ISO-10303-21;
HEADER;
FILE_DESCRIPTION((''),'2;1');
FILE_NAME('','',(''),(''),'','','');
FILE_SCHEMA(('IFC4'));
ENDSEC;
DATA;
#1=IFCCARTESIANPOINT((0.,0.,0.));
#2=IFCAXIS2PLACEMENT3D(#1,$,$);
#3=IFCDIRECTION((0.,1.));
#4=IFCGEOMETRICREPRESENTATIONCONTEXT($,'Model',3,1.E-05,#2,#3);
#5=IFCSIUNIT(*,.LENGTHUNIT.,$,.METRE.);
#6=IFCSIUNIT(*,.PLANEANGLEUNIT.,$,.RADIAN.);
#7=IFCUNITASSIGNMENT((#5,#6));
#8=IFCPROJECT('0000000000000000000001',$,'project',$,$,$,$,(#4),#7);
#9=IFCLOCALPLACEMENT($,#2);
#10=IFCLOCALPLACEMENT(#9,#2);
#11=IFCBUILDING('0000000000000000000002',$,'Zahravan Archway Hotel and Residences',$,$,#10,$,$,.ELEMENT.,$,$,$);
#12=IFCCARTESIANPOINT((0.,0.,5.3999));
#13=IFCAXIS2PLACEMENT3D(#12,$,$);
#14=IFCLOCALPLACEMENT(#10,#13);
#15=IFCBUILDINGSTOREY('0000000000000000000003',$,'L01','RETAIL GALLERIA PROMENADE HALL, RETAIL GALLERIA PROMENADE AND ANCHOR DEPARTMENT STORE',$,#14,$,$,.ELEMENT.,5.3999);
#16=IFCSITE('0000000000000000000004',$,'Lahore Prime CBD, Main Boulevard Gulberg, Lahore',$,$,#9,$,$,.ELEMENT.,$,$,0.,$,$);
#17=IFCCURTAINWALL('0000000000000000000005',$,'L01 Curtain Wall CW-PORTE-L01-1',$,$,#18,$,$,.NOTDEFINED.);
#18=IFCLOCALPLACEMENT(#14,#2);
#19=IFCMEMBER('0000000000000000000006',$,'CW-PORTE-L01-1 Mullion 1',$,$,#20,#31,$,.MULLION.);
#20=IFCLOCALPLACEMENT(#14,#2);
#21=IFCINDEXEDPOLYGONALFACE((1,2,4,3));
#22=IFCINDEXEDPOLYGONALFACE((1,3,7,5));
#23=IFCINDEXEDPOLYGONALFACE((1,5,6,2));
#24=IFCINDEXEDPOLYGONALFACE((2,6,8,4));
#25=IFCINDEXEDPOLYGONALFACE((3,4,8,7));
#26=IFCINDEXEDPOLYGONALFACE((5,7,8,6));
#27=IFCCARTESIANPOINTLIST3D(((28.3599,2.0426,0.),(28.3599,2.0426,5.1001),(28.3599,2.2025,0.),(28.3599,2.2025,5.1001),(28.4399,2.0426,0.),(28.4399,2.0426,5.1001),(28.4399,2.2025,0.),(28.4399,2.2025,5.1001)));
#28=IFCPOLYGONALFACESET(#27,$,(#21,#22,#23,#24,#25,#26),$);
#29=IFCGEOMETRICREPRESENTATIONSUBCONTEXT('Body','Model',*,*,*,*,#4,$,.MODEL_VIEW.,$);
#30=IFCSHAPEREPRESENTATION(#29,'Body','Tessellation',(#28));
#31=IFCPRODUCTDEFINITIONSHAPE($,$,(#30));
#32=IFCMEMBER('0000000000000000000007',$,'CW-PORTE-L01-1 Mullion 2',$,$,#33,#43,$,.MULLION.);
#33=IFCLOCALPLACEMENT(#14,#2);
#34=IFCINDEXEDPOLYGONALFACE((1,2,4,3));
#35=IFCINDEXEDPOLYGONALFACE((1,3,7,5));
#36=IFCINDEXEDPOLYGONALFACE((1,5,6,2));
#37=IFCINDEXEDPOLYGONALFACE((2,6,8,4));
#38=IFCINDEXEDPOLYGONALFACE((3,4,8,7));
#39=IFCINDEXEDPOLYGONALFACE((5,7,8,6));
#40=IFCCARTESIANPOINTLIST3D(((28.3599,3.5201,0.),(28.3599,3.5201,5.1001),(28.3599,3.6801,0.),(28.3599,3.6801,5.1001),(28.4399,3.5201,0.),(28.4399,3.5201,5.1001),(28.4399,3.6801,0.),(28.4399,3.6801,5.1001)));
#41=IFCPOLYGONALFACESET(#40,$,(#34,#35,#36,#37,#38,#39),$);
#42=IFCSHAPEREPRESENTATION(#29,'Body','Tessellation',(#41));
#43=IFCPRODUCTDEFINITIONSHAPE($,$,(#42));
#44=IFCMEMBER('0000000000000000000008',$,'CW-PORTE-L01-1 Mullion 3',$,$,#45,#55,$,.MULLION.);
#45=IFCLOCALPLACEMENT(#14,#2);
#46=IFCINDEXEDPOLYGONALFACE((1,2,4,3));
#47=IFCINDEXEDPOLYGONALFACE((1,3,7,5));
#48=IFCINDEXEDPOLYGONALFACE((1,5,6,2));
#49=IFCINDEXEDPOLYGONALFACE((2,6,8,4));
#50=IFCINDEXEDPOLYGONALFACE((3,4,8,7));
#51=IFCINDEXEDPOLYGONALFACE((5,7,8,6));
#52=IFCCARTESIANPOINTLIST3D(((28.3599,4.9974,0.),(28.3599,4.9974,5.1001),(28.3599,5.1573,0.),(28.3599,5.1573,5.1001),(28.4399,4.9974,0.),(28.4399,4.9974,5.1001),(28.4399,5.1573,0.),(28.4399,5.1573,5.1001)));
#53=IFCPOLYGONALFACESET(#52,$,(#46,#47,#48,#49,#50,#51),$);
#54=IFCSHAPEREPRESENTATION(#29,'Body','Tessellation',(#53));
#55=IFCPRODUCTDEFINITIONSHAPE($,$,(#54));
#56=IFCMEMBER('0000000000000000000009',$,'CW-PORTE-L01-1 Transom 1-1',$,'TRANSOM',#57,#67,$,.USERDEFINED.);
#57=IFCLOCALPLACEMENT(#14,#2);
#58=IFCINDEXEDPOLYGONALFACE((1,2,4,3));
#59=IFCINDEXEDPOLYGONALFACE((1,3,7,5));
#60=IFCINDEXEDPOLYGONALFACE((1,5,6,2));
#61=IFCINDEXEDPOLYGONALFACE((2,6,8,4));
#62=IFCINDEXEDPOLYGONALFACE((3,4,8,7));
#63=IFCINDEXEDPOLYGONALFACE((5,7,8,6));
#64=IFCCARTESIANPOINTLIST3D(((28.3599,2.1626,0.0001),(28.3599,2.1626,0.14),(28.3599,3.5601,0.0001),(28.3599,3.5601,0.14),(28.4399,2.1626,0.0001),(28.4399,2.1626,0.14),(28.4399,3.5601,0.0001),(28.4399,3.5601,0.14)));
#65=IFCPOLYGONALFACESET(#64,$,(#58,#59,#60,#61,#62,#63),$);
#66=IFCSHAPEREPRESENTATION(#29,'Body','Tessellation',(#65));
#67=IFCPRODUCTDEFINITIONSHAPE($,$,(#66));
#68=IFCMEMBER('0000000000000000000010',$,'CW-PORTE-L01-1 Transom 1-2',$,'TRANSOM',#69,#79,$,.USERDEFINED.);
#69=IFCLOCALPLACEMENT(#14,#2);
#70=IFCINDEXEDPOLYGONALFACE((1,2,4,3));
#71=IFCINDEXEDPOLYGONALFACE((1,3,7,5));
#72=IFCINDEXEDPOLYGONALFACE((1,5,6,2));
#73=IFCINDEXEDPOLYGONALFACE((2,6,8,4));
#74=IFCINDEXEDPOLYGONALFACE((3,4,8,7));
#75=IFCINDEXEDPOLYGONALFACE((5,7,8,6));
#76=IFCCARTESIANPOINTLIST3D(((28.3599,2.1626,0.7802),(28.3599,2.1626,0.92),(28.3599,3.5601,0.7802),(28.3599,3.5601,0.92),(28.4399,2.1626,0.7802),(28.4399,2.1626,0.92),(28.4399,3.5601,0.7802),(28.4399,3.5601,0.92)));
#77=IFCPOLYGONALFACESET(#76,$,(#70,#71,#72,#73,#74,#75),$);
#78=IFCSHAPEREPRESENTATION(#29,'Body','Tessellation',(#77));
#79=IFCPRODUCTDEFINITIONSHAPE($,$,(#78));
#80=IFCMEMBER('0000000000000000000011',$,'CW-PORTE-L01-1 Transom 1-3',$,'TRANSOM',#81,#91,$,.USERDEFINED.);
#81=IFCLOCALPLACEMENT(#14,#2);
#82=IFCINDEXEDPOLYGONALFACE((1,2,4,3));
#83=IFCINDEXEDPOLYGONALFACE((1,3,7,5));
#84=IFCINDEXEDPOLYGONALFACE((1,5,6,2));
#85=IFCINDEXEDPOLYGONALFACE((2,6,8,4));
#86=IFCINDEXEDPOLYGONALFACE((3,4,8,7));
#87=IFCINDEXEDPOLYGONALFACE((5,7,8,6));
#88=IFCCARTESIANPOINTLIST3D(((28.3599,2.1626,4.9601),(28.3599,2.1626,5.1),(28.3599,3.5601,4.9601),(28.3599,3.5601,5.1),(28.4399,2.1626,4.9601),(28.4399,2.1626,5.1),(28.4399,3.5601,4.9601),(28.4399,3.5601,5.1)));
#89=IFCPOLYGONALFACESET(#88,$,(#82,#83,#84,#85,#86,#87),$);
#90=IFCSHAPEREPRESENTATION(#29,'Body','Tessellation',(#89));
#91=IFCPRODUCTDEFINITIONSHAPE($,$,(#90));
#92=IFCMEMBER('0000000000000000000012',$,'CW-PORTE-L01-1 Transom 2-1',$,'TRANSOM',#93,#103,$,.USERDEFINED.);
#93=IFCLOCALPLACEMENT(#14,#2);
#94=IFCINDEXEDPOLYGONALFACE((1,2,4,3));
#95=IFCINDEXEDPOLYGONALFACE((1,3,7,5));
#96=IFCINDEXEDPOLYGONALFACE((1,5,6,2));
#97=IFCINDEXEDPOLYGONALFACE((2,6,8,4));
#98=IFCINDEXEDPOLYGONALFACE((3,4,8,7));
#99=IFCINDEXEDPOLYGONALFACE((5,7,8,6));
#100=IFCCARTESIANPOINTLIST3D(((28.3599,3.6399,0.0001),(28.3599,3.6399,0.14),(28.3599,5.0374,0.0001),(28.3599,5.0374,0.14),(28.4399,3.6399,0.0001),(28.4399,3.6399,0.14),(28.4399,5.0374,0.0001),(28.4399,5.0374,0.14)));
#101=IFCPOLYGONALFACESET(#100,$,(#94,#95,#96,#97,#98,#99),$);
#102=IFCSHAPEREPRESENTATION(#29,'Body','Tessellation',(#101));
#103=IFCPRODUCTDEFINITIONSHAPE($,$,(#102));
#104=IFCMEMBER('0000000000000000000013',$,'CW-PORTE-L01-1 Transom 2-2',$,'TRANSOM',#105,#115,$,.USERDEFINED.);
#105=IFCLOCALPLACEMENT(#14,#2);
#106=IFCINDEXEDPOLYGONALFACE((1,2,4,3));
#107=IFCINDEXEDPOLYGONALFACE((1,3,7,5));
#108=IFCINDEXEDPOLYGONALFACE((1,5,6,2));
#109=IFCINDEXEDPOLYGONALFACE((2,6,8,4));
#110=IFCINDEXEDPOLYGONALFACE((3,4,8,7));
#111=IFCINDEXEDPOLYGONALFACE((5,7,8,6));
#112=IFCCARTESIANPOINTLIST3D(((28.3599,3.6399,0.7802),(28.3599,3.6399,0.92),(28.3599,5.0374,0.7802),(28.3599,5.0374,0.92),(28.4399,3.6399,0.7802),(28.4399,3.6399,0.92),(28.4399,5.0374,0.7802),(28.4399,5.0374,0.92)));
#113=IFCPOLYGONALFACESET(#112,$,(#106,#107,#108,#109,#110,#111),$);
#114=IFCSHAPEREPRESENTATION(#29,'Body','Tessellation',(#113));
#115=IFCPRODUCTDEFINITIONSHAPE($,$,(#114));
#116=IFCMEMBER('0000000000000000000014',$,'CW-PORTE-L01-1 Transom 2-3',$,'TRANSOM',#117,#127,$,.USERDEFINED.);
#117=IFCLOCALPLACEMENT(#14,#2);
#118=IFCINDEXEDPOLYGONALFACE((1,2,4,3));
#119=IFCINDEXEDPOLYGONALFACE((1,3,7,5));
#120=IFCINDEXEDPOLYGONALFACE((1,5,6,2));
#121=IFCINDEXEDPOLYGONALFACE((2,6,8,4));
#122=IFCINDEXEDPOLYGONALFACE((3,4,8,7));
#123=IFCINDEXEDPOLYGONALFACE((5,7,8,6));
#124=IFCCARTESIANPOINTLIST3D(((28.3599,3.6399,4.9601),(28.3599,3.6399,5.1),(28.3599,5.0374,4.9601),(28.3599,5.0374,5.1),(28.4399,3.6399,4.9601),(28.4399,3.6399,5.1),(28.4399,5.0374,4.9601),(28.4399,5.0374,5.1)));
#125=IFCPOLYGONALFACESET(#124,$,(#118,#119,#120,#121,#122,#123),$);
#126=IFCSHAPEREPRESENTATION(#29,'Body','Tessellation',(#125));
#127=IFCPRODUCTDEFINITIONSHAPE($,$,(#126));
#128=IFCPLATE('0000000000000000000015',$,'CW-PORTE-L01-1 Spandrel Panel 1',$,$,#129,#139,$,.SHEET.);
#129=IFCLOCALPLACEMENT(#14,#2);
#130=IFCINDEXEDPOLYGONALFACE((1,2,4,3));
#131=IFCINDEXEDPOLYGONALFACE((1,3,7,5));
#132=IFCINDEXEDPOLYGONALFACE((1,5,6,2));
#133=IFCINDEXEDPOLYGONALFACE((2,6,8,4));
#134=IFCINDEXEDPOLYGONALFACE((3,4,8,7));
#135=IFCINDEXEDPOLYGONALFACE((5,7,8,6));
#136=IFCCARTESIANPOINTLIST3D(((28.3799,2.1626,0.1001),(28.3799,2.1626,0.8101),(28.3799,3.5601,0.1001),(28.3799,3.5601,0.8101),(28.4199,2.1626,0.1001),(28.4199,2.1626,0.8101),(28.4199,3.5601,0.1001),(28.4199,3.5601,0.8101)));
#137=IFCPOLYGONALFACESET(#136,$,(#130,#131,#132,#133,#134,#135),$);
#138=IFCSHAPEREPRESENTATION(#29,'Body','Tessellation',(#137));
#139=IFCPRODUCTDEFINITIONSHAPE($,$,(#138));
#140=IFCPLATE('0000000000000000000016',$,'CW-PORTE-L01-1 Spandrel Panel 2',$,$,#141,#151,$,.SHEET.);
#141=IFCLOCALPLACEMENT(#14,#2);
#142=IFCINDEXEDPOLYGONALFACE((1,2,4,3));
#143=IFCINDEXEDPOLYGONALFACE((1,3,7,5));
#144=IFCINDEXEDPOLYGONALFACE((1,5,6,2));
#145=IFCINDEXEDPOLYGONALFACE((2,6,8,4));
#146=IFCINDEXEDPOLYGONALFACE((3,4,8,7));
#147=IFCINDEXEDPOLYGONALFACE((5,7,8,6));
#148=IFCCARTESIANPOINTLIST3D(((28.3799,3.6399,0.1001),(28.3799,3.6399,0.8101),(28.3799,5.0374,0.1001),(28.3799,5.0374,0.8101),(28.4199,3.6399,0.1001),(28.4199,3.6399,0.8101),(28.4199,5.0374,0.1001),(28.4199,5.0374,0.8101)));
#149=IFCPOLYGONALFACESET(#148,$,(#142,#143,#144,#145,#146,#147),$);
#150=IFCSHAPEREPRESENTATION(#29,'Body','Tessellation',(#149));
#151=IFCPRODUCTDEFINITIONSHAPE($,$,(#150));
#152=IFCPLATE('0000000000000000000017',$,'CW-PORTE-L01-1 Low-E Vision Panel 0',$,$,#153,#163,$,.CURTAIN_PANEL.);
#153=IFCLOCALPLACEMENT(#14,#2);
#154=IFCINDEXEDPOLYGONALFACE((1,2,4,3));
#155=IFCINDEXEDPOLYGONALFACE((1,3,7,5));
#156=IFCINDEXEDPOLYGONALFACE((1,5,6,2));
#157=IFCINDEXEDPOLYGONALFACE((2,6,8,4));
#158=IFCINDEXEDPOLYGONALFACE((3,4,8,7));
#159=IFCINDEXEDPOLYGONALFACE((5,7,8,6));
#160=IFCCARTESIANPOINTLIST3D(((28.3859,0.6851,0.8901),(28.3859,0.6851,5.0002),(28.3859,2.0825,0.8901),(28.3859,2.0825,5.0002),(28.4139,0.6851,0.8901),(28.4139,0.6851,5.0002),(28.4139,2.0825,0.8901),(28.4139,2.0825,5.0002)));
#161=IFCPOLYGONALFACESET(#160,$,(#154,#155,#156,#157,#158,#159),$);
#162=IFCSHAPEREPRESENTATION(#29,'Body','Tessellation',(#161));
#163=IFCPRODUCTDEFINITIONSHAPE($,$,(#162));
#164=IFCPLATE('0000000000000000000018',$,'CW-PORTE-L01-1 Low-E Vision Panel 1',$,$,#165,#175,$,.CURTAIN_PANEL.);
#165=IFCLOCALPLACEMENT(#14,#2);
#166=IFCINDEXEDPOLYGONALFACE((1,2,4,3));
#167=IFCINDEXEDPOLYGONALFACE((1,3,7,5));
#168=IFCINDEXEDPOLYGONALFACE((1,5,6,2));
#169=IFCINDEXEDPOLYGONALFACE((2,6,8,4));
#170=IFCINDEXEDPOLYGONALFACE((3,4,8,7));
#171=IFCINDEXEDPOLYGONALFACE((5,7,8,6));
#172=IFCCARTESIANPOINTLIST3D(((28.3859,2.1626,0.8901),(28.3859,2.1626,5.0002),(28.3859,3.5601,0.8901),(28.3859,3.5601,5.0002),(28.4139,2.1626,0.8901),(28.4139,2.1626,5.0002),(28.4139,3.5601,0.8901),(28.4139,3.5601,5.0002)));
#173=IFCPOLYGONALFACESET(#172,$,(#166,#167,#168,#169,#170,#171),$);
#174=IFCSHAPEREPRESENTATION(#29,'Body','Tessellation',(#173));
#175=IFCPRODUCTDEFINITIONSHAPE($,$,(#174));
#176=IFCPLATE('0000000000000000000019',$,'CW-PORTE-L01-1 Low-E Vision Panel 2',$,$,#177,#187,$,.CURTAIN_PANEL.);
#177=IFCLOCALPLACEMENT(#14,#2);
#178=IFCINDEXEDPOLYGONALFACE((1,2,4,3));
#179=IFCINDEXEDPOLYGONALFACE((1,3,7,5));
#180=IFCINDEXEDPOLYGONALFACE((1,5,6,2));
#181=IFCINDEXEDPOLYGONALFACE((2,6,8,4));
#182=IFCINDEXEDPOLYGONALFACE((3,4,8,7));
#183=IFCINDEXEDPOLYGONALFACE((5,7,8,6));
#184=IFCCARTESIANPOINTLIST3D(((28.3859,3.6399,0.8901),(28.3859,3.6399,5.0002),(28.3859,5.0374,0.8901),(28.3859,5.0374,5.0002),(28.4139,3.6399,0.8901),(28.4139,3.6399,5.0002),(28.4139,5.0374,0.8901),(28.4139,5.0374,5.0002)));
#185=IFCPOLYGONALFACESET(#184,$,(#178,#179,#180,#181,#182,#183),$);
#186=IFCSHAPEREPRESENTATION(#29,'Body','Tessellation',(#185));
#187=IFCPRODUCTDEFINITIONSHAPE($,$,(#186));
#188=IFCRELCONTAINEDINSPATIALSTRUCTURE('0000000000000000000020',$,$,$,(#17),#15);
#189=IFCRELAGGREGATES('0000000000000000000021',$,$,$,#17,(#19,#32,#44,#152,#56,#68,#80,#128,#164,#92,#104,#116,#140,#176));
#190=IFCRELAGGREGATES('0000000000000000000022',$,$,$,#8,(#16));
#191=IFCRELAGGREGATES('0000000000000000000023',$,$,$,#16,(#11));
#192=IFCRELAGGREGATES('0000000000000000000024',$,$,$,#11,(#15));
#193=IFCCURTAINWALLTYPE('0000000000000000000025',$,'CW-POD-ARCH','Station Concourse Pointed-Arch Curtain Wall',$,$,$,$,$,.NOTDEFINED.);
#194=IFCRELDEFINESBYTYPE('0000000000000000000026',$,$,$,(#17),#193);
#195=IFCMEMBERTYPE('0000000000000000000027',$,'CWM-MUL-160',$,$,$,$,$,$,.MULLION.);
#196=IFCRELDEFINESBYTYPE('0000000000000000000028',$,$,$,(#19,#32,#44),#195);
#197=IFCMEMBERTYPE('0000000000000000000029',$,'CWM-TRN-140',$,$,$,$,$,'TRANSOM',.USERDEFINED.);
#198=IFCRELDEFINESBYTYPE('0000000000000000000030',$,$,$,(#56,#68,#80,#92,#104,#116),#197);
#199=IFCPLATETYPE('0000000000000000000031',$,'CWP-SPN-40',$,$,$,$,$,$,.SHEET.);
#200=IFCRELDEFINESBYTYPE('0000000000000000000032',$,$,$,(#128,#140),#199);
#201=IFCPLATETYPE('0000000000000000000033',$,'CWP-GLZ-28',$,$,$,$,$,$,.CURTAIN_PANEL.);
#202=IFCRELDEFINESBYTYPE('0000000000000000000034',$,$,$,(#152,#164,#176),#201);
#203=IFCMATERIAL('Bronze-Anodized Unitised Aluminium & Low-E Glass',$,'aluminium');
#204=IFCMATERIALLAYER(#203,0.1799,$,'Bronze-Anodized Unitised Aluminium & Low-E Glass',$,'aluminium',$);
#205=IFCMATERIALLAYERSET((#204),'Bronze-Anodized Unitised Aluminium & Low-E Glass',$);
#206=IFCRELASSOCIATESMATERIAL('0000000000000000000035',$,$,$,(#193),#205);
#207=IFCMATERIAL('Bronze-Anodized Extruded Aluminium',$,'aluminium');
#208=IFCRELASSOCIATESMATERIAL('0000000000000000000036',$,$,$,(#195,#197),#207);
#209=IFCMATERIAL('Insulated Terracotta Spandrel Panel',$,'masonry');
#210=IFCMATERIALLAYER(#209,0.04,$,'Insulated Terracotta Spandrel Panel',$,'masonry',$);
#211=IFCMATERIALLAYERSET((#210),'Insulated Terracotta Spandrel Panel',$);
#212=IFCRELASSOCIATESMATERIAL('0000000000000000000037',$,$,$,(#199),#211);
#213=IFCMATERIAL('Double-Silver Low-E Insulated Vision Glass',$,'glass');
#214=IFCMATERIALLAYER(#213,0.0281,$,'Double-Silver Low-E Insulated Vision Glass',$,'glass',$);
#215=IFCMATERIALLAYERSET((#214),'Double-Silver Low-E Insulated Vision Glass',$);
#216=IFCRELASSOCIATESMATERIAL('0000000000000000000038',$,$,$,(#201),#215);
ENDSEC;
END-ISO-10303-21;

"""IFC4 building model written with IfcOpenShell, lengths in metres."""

from ifc_helpers import new_model, si_unit, direction, frame, origin, origin_2d, place, context, subcontext, project, spatial, rectangle, extrude, source, transform, mapped, material, layer, layer_set, material_profile, profile_set, type_object, element, aggregate, save


model = new_model("IFC4")

# Units and contexts
model_context = context("Model", 3, precision=1e-05, world=origin(), true_north=direction((0.0, 1.0)))
body_context = subcontext(model_context, "Body", "Model", "MODEL_VIEW")
ifc_project = project(units=[si_unit("LENGTHUNIT", "METRE"), si_unit("PLANEANGLEUNIT", "RADIAN")], contexts=[model_context])

# Site, building, storey
site_placement = place(None, origin())
site = spatial("IfcSite", under=ifc_project, at=site_placement, Name="Lahore Prime CBD, Main Boulevard Gulberg, Lahore", CompositionType="ELEMENT", RefElevation=0.0)
building_placement = place(site_placement, origin())
building = spatial("IfcBuilding", under=site, at=building_placement, Name="Zahravan Archway Hotel and Residences", CompositionType="ELEMENT")
storey_placement = place(building_placement, frame((0.0, 0.0, 5.3999)))
storey = spatial("IfcBuildingStorey", under=building, at=storey_placement, Name="L01", Description="RETAIL GALLERIA PROMENADE HALL, RETAIL GALLERIA PROMENADE AND ANCHOR DEPARTMENT STORE", CompositionType="ELEMENT", Elevation=5.3999)

# Curtain wall, members, plates
ifc_material_1 = material(Name="Bronze-Anodized Unitised Aluminium & Low-E Glass", Category="aluminium")
ifc_layer_1 = layer(ifc_material_1, 0.1799, Name="Bronze-Anodized Unitised Aluminium & Low-E Glass", Category="aluminium")
ifc_layer_set_1 = layer_set([ifc_layer_1], Name="Bronze-Anodized Unitised Aluminium & Low-E Glass")
curtain_wall_type = type_object("IfcCurtainWallType", Name="CW-POD-ARCH", Description="Station Concourse Pointed-Arch Curtain Wall", PredefinedType="NOTDEFINED", material=ifc_layer_set_1)
curtain_wall_placement = place(storey_placement, origin())
curtain_wall = element("IfcCurtainWall", 1, at=curtain_wall_placement, inside=storey, type_object=curtain_wall_type, Name="L01 Curtain Wall CW-PORTE-L01-1", PredefinedType="NOTDEFINED")
ifc_material_2 = material(Name="Bronze-Anodized Extruded Aluminium", Category="aluminium")
ifc_material_profile_1 = material_profile(ifc_material_2, rectangle(XDim=0.0801, YDim=0.1599, at=origin_2d()), Name="MUL 80x160", Category="aluminium")
ifc_profile_set_1 = profile_set([ifc_material_profile_1], Name="Bronze-Anodized Extruded Aluminium")
member_type_1 = type_object("IfcMemberType", Name="CWM-MUL-160", PredefinedType="MULLION", material=ifc_profile_set_1)
shared_shape_1 = source(origin(), body_context, "Body", "SweptSolid", [
    extrude(rectangle(XDim=0.0801, YDim=0.1599, at=origin_2d()), origin(), (0.0, 0.0, 1.0), 5.1001),
])
member_1_placement = place(storey_placement, frame((28.3999, 2.1226, 0.0), z_axis=(0.0, 0.0, 1.0), x_axis=(1.0, 0.0, 0.0)))
member_1 = element("IfcMember", 2, at=member_1_placement, type_object=member_type_1, Name="CW-PORTE-L01-1 Mullion 1", PredefinedType="MULLION", context=body_context, shape_type="MappedRepresentation", body=[
    mapped(shared_shape_1, transform((0.0, 0.0, 0.0), scale=1.0)),
])
member_2_placement = place(storey_placement, frame((28.3999, 3.6001, 0.0), z_axis=(0.0, 0.0, 1.0), x_axis=(1.0, 0.0, 0.0)))
member_2 = element("IfcMember", 3, at=member_2_placement, type_object=member_type_1, Name="CW-PORTE-L01-1 Mullion 2", PredefinedType="MULLION", context=body_context, shape_type="MappedRepresentation", body=[
    mapped(shared_shape_1, transform((0.0, 0.0, 0.0), scale=1.0)),
])
member_3_placement = place(storey_placement, frame((28.3999, 5.0774, 0.0), z_axis=(0.0, 0.0, 1.0), x_axis=(1.0, 0.0, 0.0)))
member_3 = element("IfcMember", 4, at=member_3_placement, type_object=member_type_1, Name="CW-PORTE-L01-1 Mullion 3", PredefinedType="MULLION", context=body_context, shape_type="MappedRepresentation", body=[
    mapped(shared_shape_1, transform((0.0, 0.0, 0.0), scale=1.0)),
])
ifc_material_profile_2 = material_profile(ifc_material_2, rectangle(XDim=0.0801, YDim=0.1399, at=origin_2d()), Name="TRN 80x140", Category="aluminium")
ifc_profile_set_2 = profile_set([ifc_material_profile_2], Name="Bronze-Anodized Extruded Aluminium")
member_type_2 = type_object("IfcMemberType", Name="CWM-TRN-140", ElementType="TRANSOM", PredefinedType="USERDEFINED", material=ifc_profile_set_2)
shared_shape_2 = source(origin(), body_context, "Body", "SweptSolid", [
    extrude(rectangle(XDim=0.0801, YDim=0.1399, at=origin_2d()), origin(), (0.0, 0.0, 1.0), 1.3975),
])
member_4_placement = place(storey_placement, frame((28.3999, 2.1626, 0.0701), z_axis=(0.0, 1.0, 0.0), x_axis=(-1.0, 0.0, 0.0)))
member_4 = element("IfcMember", 5, at=member_4_placement, type_object=member_type_2, Name="CW-PORTE-L01-1 Transom 1-1", ObjectType="TRANSOM", PredefinedType="USERDEFINED", context=body_context, shape_type="MappedRepresentation", body=[
    mapped(shared_shape_2, transform((0.0, 0.0, 0.0), scale=1.0)),
])
member_5_placement = place(storey_placement, frame((28.3999, 2.1626, 0.8501), z_axis=(0.0, 1.0, 0.0), x_axis=(-1.0, 0.0, 0.0)))
member_5 = element("IfcMember", 6, at=member_5_placement, type_object=member_type_2, Name="CW-PORTE-L01-1 Transom 1-2", ObjectType="TRANSOM", PredefinedType="USERDEFINED", context=body_context, shape_type="MappedRepresentation", body=[
    mapped(shared_shape_2, transform((0.0, 0.0, 0.0), scale=1.0)),
])
member_6_placement = place(storey_placement, frame((28.3999, 2.1626, 5.03), z_axis=(0.0, 1.0, 0.0), x_axis=(-1.0, 0.0, 0.0)))
member_6 = element("IfcMember", 7, at=member_6_placement, type_object=member_type_2, Name="CW-PORTE-L01-1 Transom 1-3", ObjectType="TRANSOM", PredefinedType="USERDEFINED", context=body_context, shape_type="MappedRepresentation", body=[
    mapped(shared_shape_2, transform((0.0, 0.0, 0.0), scale=1.0)),
])
member_7_placement = place(storey_placement, frame((28.3999, 3.6399, 0.0701), z_axis=(0.0, 1.0, 0.0), x_axis=(-1.0, 0.0, 0.0)))
member_7 = element("IfcMember", 8, at=member_7_placement, type_object=member_type_2, Name="CW-PORTE-L01-1 Transom 2-1", ObjectType="TRANSOM", PredefinedType="USERDEFINED", context=body_context, shape_type="MappedRepresentation", body=[
    mapped(shared_shape_2, transform((0.0, 0.0, 0.0), scale=1.0)),
])
member_8_placement = place(storey_placement, frame((28.3999, 3.6399, 0.8501), z_axis=(0.0, 1.0, 0.0), x_axis=(-1.0, 0.0, 0.0)))
member_8 = element("IfcMember", 9, at=member_8_placement, type_object=member_type_2, Name="CW-PORTE-L01-1 Transom 2-2", ObjectType="TRANSOM", PredefinedType="USERDEFINED", context=body_context, shape_type="MappedRepresentation", body=[
    mapped(shared_shape_2, transform((0.0, 0.0, 0.0), scale=1.0)),
])
member_9_placement = place(storey_placement, frame((28.3999, 3.6399, 5.03), z_axis=(0.0, 1.0, 0.0), x_axis=(-1.0, 0.0, 0.0)))
member_9 = element("IfcMember", 10, at=member_9_placement, type_object=member_type_2, Name="CW-PORTE-L01-1 Transom 2-3", ObjectType="TRANSOM", PredefinedType="USERDEFINED", context=body_context, shape_type="MappedRepresentation", body=[
    mapped(shared_shape_2, transform((0.0, 0.0, 0.0), scale=1.0)),
])
ifc_material_3 = material(Name="Insulated Terracotta Spandrel Panel", Category="masonry")
ifc_layer_2 = layer(ifc_material_3, 0.04, Name="Insulated Terracotta Spandrel Panel", Category="masonry")
ifc_layer_set_2 = layer_set([ifc_layer_2], Name="Insulated Terracotta Spandrel Panel")
plate_type_1 = type_object("IfcPlateType", Name="CWP-SPN-40", PredefinedType="SHEET", material=ifc_layer_set_2)
shared_shape_3 = source(origin(), body_context, "Body", "SweptSolid", [
    extrude(rectangle(XDim=1.3975, YDim=0.04, at=origin_2d()), origin(), (0.0, 0.0, 1.0), 0.71),
])
plate_1_placement = place(storey_placement, frame((28.3999, 2.8613, 0.1001), z_axis=(0.0, 0.0, 1.0), x_axis=(0.0, 1.0, 0.0)))
plate_1 = element("IfcPlate", 11, at=plate_1_placement, type_object=plate_type_1, Name="CW-PORTE-L01-1 Spandrel Panel 1", PredefinedType="SHEET", context=body_context, shape_type="MappedRepresentation", body=[
    mapped(shared_shape_3, transform((0.0, 0.0, 0.0), scale=1.0)),
])
plate_2_placement = place(storey_placement, frame((28.3999, 4.3386, 0.1001), z_axis=(0.0, 0.0, 1.0), x_axis=(0.0, 1.0, 0.0)))
plate_2 = element("IfcPlate", 12, at=plate_2_placement, type_object=plate_type_1, Name="CW-PORTE-L01-1 Spandrel Panel 2", PredefinedType="SHEET", context=body_context, shape_type="MappedRepresentation", body=[
    mapped(shared_shape_3, transform((0.0, 0.0, 0.0), scale=1.0)),
])
ifc_material_4 = material(Name="Double-Silver Low-E Insulated Vision Glass", Category="glass")
ifc_layer_3 = layer(ifc_material_4, 0.0281, Name="Double-Silver Low-E Insulated Vision Glass", Category="glass")
ifc_layer_set_3 = layer_set([ifc_layer_3], Name="Double-Silver Low-E Insulated Vision Glass")
plate_type_2 = type_object("IfcPlateType", Name="CWP-GLZ-28", PredefinedType="CURTAIN_PANEL", material=ifc_layer_set_3)
shared_shape_4 = source(origin(), body_context, "Body", "SweptSolid", [
    extrude(rectangle(XDim=1.3975, YDim=0.0281, at=origin_2d()), origin(), (0.0, 0.0, 1.0), 4.1101),
])
plate_3_placement = place(storey_placement, frame((28.3999, 1.3838, 0.8901), z_axis=(0.0, 0.0, 1.0), x_axis=(0.0, 1.0, 0.0)))
plate_3 = element("IfcPlate", 13, at=plate_3_placement, type_object=plate_type_2, Name="CW-PORTE-L01-1 Low-E Vision Panel 0", PredefinedType="CURTAIN_PANEL", context=body_context, shape_type="MappedRepresentation", body=[
    mapped(shared_shape_4, transform((0.0, 0.0, 0.0), scale=1.0)),
])
plate_4_placement = place(storey_placement, frame((28.3999, 2.8613, 0.8901), z_axis=(0.0, 0.0, 1.0), x_axis=(0.0, 1.0, 0.0)))
plate_4 = element("IfcPlate", 14, at=plate_4_placement, type_object=plate_type_2, Name="CW-PORTE-L01-1 Low-E Vision Panel 1", PredefinedType="CURTAIN_PANEL", context=body_context, shape_type="MappedRepresentation", body=[
    mapped(shared_shape_4, transform((0.0, 0.0, 0.0), scale=1.0)),
])
plate_5_placement = place(storey_placement, frame((28.3999, 4.3386, 0.8901), z_axis=(0.0, 0.0, 1.0), x_axis=(0.0, 1.0, 0.0)))
plate_5 = element("IfcPlate", 15, at=plate_5_placement, type_object=plate_type_2, Name="CW-PORTE-L01-1 Low-E Vision Panel 2", PredefinedType="CURTAIN_PANEL", context=body_context, shape_type="MappedRepresentation", body=[
    mapped(shared_shape_4, transform((0.0, 0.0, 0.0), scale=1.0)),
])
aggregate(curtain_wall, [member_1, member_2, member_3, plate_3, member_4, member_5, member_6, plate_1, plate_4, member_7, member_8, member_9, plate_2, plate_5])

save(model, "model.ifc")
